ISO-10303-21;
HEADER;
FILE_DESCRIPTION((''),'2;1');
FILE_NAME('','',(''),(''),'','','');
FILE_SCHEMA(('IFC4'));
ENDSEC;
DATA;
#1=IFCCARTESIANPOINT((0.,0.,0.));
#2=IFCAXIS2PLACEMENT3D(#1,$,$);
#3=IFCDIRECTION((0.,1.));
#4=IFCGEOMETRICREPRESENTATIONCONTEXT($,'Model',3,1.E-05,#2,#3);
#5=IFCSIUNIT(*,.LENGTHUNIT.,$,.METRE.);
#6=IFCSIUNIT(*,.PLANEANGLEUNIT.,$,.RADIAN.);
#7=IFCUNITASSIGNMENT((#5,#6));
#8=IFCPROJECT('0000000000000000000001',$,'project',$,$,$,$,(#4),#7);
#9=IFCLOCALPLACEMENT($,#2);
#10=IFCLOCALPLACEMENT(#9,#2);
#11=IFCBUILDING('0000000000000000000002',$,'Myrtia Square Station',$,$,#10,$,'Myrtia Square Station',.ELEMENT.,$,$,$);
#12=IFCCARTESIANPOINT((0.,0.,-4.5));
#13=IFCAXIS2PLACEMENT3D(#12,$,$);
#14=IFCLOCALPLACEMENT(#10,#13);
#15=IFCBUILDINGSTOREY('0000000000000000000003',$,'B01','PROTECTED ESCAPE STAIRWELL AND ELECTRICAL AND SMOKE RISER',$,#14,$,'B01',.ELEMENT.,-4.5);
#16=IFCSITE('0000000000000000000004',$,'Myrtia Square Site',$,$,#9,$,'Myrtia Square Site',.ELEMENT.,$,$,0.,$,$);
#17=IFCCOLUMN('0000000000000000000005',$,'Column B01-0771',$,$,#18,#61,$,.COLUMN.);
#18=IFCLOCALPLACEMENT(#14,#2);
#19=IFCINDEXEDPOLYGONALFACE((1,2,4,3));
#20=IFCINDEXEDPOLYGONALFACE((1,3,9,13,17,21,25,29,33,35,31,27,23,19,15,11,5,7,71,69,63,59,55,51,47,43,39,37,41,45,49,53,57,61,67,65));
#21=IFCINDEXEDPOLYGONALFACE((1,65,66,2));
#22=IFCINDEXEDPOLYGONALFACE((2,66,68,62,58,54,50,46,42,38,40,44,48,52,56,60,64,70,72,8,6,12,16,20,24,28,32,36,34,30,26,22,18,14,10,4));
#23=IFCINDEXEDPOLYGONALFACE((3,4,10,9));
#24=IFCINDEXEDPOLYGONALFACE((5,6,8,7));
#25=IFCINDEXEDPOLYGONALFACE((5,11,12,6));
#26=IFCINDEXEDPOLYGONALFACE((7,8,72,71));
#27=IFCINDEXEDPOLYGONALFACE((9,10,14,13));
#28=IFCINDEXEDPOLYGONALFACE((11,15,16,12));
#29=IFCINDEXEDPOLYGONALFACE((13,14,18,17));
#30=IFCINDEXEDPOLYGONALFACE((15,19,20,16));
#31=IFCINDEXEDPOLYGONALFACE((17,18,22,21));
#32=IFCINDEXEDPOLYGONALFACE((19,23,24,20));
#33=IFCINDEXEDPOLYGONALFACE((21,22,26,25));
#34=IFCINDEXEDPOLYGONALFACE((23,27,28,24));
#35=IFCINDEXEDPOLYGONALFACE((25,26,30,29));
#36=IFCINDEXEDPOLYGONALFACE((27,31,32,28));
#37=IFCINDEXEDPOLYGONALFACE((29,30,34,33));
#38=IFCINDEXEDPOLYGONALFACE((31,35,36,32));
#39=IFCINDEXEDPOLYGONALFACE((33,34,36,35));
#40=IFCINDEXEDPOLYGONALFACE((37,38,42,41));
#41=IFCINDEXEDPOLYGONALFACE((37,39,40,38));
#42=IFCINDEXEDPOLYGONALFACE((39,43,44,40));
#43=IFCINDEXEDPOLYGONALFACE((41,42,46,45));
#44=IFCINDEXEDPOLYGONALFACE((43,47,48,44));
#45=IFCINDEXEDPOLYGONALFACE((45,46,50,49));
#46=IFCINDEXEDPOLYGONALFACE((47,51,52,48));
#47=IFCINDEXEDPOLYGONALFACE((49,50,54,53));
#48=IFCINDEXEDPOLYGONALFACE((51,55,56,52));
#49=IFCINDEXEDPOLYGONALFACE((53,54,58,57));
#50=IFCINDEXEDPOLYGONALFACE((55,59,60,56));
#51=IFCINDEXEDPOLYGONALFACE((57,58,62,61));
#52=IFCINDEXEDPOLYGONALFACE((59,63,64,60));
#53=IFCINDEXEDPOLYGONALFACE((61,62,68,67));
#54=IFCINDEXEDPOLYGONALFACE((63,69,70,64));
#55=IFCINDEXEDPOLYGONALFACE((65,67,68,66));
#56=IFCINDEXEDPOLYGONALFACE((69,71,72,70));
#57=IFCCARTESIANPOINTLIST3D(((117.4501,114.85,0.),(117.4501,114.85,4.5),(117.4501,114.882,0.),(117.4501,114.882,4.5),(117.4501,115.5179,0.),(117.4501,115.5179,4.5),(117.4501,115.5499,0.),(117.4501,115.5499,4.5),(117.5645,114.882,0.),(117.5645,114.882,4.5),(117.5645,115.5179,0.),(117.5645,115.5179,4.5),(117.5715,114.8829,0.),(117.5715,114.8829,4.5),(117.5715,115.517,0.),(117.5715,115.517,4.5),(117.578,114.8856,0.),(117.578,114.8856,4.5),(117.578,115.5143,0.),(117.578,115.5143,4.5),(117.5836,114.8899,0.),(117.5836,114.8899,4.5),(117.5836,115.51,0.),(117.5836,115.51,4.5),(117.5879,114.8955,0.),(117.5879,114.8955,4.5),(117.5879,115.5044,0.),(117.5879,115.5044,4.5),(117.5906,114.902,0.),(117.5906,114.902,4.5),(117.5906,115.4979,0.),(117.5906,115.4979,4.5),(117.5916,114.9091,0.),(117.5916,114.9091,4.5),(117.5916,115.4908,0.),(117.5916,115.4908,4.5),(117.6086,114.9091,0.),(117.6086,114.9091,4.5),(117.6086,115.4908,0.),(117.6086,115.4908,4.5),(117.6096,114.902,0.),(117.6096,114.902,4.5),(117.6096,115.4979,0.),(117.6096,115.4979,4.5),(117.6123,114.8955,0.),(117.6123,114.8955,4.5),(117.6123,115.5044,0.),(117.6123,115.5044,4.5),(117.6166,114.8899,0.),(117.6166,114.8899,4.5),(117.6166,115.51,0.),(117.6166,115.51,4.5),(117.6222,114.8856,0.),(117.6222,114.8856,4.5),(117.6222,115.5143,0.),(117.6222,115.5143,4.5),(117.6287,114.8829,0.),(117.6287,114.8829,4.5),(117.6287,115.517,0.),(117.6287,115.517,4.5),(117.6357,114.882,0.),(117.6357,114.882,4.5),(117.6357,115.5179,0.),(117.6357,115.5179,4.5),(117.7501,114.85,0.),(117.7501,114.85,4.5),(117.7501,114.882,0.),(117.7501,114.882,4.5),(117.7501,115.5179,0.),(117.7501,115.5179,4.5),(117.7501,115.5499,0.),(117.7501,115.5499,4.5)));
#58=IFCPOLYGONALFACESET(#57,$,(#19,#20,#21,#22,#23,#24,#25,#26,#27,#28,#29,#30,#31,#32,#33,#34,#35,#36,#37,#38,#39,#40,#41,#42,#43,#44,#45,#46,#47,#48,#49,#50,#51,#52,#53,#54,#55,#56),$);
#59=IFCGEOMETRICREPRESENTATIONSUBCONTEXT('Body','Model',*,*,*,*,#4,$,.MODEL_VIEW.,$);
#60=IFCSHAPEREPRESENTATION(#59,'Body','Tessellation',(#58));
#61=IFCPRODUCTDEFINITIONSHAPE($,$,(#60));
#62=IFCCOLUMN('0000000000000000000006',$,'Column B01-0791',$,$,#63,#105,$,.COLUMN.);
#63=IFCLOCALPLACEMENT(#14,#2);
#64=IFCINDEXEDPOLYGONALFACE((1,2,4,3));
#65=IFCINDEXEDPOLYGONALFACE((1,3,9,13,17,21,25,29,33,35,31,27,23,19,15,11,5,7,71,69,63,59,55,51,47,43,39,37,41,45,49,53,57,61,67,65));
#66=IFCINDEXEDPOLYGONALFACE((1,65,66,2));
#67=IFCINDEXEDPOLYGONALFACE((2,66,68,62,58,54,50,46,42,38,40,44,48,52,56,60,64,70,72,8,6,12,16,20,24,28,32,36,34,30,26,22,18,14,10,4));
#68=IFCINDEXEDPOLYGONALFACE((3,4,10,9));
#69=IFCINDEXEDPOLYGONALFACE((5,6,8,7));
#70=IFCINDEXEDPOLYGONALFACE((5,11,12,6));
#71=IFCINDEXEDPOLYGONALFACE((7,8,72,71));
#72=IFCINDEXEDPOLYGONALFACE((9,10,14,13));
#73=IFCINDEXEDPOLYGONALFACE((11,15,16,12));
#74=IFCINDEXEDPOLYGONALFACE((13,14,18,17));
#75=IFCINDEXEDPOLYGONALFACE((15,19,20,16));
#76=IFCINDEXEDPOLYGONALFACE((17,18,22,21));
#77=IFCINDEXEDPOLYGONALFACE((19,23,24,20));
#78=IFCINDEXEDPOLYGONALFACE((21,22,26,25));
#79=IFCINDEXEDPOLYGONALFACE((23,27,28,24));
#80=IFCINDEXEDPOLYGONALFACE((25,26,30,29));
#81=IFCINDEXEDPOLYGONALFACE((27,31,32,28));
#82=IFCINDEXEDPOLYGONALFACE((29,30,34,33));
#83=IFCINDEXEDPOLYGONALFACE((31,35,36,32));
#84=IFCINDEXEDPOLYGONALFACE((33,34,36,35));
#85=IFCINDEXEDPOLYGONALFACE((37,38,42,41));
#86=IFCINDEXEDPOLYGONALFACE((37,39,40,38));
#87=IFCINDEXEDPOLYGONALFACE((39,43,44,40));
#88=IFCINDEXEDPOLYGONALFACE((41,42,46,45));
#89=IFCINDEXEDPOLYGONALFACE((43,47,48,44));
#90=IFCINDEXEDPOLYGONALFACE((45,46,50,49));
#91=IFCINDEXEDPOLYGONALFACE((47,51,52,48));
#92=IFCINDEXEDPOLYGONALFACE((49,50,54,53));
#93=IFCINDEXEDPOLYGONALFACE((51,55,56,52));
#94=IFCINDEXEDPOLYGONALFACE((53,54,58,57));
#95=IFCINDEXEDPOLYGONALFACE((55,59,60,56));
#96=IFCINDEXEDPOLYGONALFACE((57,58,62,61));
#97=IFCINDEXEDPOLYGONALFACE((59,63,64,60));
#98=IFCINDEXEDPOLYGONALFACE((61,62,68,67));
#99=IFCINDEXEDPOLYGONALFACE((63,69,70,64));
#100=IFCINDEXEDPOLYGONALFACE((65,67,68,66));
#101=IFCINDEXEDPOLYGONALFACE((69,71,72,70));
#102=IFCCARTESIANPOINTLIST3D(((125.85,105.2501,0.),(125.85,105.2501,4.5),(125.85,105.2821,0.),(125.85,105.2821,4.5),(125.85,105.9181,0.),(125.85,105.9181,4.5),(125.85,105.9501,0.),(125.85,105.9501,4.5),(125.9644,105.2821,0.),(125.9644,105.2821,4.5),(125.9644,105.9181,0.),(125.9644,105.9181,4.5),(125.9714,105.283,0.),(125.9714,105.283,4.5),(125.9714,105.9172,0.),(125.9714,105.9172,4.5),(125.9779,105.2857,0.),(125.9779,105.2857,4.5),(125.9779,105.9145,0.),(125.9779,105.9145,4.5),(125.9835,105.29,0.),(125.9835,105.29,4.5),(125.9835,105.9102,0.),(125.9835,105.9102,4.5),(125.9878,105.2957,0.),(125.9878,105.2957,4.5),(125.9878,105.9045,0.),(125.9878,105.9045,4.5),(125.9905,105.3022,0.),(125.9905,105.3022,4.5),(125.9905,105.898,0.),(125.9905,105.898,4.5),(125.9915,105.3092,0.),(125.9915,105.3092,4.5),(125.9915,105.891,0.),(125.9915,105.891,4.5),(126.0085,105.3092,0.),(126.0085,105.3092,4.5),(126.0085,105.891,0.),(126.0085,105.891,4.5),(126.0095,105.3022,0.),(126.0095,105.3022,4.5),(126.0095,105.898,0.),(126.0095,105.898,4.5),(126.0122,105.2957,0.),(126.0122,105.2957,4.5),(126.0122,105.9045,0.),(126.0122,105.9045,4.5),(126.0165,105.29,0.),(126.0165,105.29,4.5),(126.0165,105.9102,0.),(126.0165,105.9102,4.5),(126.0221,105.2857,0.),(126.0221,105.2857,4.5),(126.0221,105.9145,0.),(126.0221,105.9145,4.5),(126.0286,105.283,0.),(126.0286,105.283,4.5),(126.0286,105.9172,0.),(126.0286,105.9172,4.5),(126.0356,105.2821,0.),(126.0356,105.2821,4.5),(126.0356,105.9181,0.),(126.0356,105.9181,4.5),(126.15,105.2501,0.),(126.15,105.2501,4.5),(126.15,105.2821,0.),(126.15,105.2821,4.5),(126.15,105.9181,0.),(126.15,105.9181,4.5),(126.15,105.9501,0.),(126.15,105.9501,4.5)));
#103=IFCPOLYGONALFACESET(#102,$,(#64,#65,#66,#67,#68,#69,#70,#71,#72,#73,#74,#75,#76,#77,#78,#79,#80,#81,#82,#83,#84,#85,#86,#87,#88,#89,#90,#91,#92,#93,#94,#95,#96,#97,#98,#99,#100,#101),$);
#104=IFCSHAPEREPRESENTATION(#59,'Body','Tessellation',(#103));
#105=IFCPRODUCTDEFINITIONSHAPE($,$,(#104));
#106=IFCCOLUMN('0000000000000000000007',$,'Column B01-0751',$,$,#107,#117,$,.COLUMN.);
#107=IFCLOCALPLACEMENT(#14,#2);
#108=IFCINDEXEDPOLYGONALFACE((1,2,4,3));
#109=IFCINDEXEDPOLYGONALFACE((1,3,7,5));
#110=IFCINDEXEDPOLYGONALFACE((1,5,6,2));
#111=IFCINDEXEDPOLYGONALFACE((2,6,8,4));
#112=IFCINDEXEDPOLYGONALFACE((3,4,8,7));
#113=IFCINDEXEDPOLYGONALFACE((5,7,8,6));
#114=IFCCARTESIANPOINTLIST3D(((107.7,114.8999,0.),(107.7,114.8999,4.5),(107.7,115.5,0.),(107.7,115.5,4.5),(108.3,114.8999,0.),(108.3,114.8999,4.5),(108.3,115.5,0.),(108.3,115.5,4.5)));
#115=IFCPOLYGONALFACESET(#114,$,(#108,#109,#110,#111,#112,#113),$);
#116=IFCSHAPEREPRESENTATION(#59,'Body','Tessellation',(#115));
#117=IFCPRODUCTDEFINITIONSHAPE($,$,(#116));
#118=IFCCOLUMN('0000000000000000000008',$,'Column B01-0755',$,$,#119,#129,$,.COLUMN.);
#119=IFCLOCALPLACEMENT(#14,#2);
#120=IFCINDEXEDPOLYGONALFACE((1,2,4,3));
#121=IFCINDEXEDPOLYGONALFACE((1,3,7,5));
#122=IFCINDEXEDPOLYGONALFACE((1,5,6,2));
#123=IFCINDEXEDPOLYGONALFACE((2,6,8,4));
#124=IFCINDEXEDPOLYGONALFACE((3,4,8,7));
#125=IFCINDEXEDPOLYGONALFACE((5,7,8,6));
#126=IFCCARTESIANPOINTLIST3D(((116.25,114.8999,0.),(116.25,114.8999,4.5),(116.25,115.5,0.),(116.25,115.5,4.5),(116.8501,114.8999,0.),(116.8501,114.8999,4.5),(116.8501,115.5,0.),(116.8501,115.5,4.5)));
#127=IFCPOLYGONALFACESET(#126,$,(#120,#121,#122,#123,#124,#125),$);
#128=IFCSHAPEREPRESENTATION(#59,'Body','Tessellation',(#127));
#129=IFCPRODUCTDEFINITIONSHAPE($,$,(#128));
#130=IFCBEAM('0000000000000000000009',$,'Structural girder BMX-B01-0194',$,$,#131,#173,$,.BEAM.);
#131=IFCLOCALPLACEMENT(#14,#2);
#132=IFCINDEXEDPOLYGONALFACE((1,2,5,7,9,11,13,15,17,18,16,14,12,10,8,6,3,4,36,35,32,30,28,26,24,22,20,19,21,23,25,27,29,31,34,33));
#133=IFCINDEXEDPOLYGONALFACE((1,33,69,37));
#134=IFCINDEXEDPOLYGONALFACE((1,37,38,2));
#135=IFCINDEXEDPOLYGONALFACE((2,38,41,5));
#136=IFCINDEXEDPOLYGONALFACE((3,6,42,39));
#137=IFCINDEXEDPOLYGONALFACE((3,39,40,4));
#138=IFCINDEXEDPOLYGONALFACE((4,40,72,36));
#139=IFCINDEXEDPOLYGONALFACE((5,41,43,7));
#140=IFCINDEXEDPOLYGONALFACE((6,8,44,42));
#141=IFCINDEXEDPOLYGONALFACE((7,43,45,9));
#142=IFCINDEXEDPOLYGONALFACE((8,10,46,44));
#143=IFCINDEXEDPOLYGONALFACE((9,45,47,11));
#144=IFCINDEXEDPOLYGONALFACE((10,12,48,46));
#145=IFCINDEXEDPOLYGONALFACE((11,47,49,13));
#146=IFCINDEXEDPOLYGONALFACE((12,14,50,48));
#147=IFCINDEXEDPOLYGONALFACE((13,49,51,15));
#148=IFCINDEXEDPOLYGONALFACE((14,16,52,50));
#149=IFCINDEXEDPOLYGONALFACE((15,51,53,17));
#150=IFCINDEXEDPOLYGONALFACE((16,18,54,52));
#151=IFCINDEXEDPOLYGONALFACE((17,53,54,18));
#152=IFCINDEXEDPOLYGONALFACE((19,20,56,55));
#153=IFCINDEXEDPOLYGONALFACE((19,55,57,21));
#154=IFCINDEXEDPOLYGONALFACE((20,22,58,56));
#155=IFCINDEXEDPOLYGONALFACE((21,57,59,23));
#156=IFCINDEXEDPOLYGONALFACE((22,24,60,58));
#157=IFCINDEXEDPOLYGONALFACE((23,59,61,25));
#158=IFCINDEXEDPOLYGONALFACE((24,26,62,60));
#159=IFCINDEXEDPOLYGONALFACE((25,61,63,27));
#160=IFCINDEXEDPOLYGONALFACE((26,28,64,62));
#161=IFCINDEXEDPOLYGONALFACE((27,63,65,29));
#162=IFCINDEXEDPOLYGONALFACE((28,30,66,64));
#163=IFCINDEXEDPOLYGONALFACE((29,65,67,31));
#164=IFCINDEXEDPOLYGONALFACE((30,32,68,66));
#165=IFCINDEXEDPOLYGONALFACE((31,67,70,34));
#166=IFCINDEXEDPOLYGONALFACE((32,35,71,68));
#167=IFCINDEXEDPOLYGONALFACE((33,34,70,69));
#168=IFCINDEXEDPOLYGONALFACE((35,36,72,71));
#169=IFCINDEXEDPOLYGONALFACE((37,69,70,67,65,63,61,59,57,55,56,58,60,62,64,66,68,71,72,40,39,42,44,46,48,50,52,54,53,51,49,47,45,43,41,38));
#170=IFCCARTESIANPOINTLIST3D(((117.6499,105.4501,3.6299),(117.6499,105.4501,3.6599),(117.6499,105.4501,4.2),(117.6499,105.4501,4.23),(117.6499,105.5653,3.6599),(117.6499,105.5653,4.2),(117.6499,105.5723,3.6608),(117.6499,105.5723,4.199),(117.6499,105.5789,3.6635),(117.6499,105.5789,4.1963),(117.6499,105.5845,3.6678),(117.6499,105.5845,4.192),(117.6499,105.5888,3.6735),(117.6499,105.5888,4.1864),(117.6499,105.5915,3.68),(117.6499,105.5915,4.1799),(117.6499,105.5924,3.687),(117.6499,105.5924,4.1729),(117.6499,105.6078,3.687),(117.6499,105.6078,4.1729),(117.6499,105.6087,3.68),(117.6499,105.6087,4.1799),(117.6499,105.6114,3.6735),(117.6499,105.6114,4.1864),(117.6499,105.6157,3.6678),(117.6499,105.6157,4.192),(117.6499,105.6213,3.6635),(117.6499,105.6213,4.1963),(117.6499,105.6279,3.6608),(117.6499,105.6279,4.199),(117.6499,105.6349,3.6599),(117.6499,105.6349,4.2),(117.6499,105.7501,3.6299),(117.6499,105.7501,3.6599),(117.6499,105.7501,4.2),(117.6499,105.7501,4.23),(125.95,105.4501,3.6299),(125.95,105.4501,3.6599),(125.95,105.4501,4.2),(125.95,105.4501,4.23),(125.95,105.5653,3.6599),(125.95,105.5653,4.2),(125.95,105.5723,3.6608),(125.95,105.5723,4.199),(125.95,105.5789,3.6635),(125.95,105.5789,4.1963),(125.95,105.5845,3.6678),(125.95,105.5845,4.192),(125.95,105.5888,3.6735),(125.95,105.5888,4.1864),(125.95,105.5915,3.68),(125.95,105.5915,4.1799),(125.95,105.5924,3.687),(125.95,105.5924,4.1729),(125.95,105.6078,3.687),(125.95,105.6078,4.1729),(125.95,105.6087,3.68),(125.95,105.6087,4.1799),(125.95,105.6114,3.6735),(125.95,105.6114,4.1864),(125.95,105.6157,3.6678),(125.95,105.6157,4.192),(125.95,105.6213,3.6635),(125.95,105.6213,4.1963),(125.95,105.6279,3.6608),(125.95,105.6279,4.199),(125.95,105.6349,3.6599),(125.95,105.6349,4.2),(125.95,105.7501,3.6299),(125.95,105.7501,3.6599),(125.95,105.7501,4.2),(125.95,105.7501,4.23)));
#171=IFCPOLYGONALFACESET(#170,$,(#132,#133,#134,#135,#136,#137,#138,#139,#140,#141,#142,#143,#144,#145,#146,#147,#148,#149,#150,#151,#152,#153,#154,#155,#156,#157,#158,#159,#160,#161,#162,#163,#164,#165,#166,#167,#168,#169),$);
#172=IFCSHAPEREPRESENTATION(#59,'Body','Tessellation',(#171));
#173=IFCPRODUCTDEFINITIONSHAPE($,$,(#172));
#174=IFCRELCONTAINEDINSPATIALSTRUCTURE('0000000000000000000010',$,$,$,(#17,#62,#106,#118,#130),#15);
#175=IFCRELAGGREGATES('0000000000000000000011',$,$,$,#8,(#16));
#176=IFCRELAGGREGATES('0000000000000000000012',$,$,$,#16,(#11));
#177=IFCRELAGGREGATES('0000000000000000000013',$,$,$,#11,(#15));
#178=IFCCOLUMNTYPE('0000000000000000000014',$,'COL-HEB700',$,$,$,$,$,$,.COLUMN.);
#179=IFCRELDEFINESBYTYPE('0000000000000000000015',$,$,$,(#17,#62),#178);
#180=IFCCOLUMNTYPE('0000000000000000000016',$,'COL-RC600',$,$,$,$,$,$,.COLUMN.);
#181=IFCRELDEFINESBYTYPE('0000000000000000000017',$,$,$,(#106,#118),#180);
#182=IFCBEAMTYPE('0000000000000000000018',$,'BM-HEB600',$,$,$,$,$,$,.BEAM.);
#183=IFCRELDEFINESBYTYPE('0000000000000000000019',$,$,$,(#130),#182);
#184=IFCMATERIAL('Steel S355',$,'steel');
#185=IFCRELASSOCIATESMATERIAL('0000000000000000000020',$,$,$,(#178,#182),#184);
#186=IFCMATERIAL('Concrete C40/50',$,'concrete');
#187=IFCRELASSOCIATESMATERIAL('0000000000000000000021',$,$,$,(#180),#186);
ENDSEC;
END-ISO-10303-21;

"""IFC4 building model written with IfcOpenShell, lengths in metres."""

from ifc_helpers import new_model, si_unit, direction, frame, origin, origin_2d, place, context, subcontext, project, spatial, rectangle, i_section, extrude, material, material_profile, profile_set, type_object, element, save


model = new_model("IFC4")

# Units and contexts
model_context = context("Model", 3, precision=1e-05, world=origin(), true_north=direction((0.0, 1.0)))
body_context = subcontext(model_context, "Body", "Model", "MODEL_VIEW")
ifc_project = project(units=[si_unit("LENGTHUNIT", "METRE"), si_unit("PLANEANGLEUNIT", "RADIAN")], contexts=[model_context])

# Site, building, storey
site_placement = place(None, origin())
site = spatial("IfcSite", under=ifc_project, at=site_placement, Name="Myrtia Square Site", LongName="Myrtia Square Site", CompositionType="ELEMENT", RefElevation=0.0)
building_placement = place(site_placement, origin())
building = spatial("IfcBuilding", under=site, at=building_placement, Name="Myrtia Square Station", LongName="Myrtia Square Station", CompositionType="ELEMENT")
storey_placement = place(building_placement, frame((0.0, 0.0, -4.5)))
storey = spatial("IfcBuildingStorey", under=building, at=storey_placement, Name="B01", Description="PROTECTED ESCAPE STAIRWELL AND ELECTRICAL AND SMOKE RISER", LongName="B01", CompositionType="ELEMENT", Elevation=-4.5)

# Columns
ifc_material_1 = material(Name="Steel S355", Category="steel")
ifc_material_profile_1 = material_profile(ifc_material_1, i_section(OverallWidth=0.3, OverallDepth=0.7, WebThickness=0.0171, FlangeThickness=0.032, FilletRadius=0.0271, at=origin_2d()), Name="HEB 700")
ifc_profile_set_1 = profile_set([ifc_material_profile_1], Name="Steel S355")
column_type_1 = type_object("IfcColumnType", Name="COL-HEB700", PredefinedType="COLUMN", material=ifc_profile_set_1)
for number, where, z_axis, x_axis, name in (
    (1, (117.6001, 115.2, 0.0), (0.0, 0.0, 1.0), (1.0, 0.0, 0.0), "Column B01-0771"),
    (2, (126.0, 105.6001, 0.0), (0.0, 0.0, 1.0), (1.0, 0.0, 0.0), "Column B01-0791"),
):
    element("IfcColumn", number, at=place(storey_placement, frame(where, z_axis=z_axis, x_axis=x_axis)), inside=storey, type_object=column_type_1, Name=name, PredefinedType="COLUMN", context=body_context, shape_type="SweptSolid", body=[
        extrude(i_section(OverallWidth=0.3, OverallDepth=0.7, WebThickness=0.0171, FlangeThickness=0.032, FilletRadius=0.0271, at=origin_2d()), origin(), (0.0, 0.0, 1.0), 4.5),
    ])
ifc_material_2 = material(Name="Concrete C40/50", Category="concrete")
ifc_material_profile_2 = material_profile(ifc_material_2, rectangle(XDim=0.6001, YDim=0.6001, at=origin_2d()), Name="RC 600x600")
ifc_profile_set_2 = profile_set([ifc_material_profile_2], Name="Concrete C40/50")
column_type_2 = type_object("IfcColumnType", Name="COL-RC600", PredefinedType="COLUMN", material=ifc_profile_set_2)
for number, where, z_axis, x_axis, name in (
    (3, (108.0, 115.2, 0.0), (0.0, 0.0, 1.0), (1.0, 0.0, 0.0), "Column B01-0751"),
    (4, (116.55, 115.2, 0.0), (0.0, 0.0, 1.0), (1.0, 0.0, 0.0), "Column B01-0755"),
):
    element("IfcColumn", number, at=place(storey_placement, frame(where, z_axis=z_axis, x_axis=x_axis)), inside=storey, type_object=column_type_2, Name=name, PredefinedType="COLUMN", context=body_context, shape_type="SweptSolid", body=[
        extrude(rectangle(XDim=0.6001, YDim=0.6001, at=origin_2d()), origin(), (0.0, 0.0, 1.0), 4.5),
    ])

# Beam
ifc_material_profile_3 = material_profile(ifc_material_1, i_section(OverallWidth=0.3, OverallDepth=0.6001, WebThickness=0.0154, FlangeThickness=0.03, FilletRadius=0.0271, at=origin_2d()), Name="HEB 600")
ifc_profile_set_3 = profile_set([ifc_material_profile_3], Name="Steel S355")
beam_type_1 = type_object("IfcBeamType", Name="BM-HEB600", PredefinedType="BEAM", material=ifc_profile_set_3)
beam_1_placement = place(storey_placement, frame((117.6499, 105.6001, 3.9299), z_axis=(1.0, 0.0, 0.0), x_axis=(0.0, 1.0, 0.0)))
element("IfcBeam", 5, at=beam_1_placement, inside=storey, type_object=beam_type_1, Name="Structural girder BMX-B01-0194", PredefinedType="BEAM", context=body_context, shape_type="SweptSolid", body=[
    extrude(i_section(OverallWidth=0.3, OverallDepth=0.6001, WebThickness=0.0154, FlangeThickness=0.03, FilletRadius=0.0271, at=origin_2d()), origin(), (0.0, 0.0, 1.0), 8.3),
])

save(model, "model.ifc")
